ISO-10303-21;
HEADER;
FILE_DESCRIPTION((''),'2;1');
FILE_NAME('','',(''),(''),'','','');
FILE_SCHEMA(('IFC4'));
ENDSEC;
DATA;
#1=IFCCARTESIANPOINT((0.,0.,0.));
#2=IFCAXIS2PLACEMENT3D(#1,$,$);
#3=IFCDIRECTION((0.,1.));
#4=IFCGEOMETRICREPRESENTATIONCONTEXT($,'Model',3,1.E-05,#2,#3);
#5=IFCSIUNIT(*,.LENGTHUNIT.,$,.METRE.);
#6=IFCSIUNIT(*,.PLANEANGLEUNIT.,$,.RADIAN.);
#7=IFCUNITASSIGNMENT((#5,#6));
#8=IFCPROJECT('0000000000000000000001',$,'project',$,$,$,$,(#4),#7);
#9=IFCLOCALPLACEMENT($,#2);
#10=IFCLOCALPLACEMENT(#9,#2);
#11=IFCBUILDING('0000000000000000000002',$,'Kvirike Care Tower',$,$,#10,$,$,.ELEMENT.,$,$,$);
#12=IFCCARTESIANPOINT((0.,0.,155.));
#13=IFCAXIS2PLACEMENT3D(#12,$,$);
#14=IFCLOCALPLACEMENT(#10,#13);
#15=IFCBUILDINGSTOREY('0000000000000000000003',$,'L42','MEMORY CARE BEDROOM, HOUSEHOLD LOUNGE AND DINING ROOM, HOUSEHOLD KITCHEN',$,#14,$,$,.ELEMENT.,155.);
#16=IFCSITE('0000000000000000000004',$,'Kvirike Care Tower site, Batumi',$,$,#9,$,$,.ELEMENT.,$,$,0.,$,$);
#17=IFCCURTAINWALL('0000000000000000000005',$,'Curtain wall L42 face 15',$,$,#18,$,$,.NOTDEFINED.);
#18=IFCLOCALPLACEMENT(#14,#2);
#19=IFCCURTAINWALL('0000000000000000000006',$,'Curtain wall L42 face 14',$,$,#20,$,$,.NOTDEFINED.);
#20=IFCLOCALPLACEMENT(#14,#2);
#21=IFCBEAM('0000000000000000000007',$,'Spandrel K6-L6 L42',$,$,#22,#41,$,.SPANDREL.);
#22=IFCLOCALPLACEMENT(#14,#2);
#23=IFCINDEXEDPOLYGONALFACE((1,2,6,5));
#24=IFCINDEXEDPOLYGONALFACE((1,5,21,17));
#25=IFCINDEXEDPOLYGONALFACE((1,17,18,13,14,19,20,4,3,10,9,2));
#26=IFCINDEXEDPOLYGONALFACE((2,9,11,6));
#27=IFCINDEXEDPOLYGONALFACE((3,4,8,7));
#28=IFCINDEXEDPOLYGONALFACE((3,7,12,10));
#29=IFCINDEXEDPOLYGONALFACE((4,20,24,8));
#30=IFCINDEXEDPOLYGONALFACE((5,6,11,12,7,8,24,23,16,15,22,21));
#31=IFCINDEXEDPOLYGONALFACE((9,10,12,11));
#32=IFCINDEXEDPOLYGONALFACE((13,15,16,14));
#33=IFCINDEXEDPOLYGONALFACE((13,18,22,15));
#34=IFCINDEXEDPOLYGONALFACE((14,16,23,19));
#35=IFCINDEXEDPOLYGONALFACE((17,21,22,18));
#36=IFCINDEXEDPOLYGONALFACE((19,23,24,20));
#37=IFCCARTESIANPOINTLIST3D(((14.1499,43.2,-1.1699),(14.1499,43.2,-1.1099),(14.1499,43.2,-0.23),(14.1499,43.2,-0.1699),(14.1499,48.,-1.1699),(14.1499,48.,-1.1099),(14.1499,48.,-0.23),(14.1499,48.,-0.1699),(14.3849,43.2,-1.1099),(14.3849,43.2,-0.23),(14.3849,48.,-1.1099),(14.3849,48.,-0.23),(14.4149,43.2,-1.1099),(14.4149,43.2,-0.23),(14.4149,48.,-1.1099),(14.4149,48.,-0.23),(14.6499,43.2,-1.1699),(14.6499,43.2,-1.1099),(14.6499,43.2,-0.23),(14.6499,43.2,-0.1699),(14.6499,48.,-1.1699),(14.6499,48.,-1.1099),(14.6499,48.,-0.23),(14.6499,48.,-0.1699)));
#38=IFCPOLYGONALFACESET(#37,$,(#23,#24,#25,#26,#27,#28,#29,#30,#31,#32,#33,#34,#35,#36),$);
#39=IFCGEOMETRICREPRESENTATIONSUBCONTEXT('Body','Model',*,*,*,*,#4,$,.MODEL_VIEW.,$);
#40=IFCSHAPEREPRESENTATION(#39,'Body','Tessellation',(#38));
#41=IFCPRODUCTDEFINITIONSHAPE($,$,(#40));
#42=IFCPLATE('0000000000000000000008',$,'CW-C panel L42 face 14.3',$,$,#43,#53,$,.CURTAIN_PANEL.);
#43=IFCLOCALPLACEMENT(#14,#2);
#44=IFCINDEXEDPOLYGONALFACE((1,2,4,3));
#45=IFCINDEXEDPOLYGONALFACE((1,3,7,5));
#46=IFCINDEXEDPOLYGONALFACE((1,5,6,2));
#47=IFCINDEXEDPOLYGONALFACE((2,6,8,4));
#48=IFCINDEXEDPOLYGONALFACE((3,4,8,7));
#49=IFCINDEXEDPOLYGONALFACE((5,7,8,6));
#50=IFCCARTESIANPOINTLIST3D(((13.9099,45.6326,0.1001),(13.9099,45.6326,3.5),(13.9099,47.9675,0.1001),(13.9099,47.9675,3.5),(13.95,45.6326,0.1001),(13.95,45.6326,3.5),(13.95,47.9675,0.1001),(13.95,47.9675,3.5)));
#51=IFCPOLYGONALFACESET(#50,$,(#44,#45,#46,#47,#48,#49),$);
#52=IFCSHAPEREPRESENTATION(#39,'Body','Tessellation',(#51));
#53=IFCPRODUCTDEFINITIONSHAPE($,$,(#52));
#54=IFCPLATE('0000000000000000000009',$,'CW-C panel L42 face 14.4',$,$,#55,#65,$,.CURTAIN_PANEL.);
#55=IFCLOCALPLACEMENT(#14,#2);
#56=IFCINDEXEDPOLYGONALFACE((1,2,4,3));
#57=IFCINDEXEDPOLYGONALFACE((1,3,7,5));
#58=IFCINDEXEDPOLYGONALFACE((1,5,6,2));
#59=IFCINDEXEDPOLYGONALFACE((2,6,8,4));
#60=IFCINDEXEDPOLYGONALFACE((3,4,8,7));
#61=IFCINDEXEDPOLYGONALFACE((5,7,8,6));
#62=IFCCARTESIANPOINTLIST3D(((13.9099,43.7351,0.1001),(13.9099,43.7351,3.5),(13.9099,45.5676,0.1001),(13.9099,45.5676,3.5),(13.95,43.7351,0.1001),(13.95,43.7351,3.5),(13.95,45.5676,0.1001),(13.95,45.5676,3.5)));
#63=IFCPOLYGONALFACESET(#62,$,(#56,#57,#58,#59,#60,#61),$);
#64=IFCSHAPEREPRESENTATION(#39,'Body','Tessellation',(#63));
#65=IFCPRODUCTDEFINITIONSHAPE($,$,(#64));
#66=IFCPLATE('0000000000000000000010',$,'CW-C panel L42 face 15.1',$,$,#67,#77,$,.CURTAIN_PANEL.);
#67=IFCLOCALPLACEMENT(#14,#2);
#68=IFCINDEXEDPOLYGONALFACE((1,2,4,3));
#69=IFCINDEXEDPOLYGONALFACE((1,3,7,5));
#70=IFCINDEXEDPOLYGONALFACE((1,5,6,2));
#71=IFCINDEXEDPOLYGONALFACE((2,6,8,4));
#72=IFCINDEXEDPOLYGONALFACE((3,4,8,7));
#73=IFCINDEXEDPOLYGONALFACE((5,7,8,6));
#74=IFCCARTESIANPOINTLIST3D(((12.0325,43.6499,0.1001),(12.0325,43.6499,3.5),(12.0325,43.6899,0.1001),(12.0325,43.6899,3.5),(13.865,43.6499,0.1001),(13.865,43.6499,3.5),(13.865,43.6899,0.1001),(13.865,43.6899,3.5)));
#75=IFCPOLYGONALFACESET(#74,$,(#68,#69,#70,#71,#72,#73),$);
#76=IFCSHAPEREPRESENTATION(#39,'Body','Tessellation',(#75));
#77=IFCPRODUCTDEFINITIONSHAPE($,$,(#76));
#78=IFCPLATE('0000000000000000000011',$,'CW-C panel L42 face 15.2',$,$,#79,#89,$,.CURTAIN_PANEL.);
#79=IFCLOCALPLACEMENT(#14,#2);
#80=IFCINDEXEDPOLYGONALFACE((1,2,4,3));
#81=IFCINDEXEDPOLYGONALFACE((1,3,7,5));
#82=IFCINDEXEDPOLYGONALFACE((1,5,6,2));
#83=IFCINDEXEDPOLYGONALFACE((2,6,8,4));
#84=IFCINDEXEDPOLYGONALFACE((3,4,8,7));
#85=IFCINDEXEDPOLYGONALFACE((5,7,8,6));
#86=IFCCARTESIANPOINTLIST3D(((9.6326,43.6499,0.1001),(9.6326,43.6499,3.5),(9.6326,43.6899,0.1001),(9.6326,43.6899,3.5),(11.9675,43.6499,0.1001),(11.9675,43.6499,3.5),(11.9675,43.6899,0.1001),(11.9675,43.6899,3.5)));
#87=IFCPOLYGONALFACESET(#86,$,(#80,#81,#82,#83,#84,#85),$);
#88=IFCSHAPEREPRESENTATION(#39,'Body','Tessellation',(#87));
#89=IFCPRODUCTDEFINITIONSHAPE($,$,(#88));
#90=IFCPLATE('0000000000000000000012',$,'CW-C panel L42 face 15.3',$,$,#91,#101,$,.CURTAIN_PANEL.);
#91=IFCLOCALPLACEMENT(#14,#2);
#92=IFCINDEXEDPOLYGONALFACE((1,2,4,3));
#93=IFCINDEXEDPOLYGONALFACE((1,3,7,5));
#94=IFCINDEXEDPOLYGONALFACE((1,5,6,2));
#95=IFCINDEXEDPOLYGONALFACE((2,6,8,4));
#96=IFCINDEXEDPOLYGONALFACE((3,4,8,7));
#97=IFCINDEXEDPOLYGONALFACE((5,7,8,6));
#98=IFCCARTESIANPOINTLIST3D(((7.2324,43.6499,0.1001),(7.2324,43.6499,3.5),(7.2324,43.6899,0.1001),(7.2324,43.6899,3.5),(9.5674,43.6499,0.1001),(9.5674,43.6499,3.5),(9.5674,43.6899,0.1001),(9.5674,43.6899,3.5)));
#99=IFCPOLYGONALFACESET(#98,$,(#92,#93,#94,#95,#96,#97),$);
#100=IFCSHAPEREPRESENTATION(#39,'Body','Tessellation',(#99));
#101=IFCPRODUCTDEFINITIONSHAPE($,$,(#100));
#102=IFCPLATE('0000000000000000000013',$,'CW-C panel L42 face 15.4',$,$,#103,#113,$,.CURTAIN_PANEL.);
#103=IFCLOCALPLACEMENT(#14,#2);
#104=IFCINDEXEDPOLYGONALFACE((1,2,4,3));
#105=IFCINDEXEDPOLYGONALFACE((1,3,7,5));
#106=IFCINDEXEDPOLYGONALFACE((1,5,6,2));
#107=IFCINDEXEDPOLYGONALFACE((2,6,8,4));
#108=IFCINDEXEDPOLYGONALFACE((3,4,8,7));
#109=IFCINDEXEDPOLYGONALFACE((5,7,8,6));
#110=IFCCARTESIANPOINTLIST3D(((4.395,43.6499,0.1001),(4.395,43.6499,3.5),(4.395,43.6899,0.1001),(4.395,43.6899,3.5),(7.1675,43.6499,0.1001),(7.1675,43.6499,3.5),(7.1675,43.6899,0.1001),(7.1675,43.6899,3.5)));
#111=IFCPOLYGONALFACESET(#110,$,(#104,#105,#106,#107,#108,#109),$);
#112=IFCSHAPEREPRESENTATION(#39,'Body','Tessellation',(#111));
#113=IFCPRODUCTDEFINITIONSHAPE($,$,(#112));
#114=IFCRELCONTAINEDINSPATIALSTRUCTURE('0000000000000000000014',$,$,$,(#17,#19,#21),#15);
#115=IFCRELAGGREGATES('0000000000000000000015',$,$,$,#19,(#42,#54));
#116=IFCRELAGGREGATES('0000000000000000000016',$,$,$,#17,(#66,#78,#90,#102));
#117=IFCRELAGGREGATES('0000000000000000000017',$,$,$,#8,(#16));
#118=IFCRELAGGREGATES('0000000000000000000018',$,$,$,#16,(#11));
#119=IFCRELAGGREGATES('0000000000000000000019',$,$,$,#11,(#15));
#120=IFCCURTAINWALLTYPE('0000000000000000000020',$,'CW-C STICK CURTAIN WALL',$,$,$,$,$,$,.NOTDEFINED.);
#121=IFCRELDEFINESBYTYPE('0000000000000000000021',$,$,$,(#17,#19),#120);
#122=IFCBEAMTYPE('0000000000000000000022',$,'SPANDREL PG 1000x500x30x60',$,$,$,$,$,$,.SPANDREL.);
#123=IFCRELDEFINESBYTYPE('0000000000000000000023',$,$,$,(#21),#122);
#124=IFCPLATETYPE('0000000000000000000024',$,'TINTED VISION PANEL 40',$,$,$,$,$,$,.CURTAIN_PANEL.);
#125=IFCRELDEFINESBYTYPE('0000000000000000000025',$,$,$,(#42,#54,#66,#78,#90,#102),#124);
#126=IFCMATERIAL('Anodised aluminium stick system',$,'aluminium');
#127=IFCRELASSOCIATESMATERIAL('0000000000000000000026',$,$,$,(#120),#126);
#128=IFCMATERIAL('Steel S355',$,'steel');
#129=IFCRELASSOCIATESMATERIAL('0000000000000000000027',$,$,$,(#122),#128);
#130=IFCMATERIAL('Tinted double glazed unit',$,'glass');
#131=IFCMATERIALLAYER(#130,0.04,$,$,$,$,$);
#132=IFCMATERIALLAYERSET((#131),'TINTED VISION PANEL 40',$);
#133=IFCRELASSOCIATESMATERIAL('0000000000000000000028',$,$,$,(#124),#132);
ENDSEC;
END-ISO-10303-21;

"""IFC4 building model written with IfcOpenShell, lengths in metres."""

from ifc_helpers import new_model, si_unit, direction, frame, origin, origin_2d, place, context, subcontext, project, spatial, rectangle, i_section, extrude, material, layer, layer_set, material_profile, profile_set, type_object, element, aggregate, save


model = new_model("IFC4")

# Units and contexts
model_context = context("Model", 3, precision=1e-05, world=origin(), true_north=direction((0.0, 1.0)))
body_context = subcontext(model_context, "Body", "Model", "MODEL_VIEW")
ifc_project = project(units=[si_unit("LENGTHUNIT", "METRE"), si_unit("PLANEANGLEUNIT", "RADIAN")], contexts=[model_context])

# Site, building, storey
site_placement = place(None, origin())
site = spatial("IfcSite", under=ifc_project, at=site_placement, Name="Kvirike Care Tower site, Batumi", CompositionType="ELEMENT", RefElevation=0.0)
building_placement = place(site_placement, origin())
building = spatial("IfcBuilding", under=site, at=building_placement, Name="Kvirike Care Tower", CompositionType="ELEMENT")
storey_placement = place(building_placement, frame((0.0, 0.0, 155.0)))
storey = spatial("IfcBuildingStorey", under=building, at=storey_placement, Name="L42", Description="MEMORY CARE BEDROOM, HOUSEHOLD LOUNGE AND DINING ROOM, HOUSEHOLD KITCHEN", CompositionType="ELEMENT", Elevation=155.0)

# Curtain wall
ifc_material_1 = material(Name="Anodised aluminium stick system", Category="aluminium")
curtain_wall_type = type_object("IfcCurtainWallType", Name="CW-C STICK CURTAIN WALL", PredefinedType="NOTDEFINED", material=ifc_material_1)
curtain_wall_1_placement = place(storey_placement, origin())
curtain_wall_1 = element("IfcCurtainWall", 1, at=curtain_wall_1_placement, inside=storey, type_object=curtain_wall_type, Name="Curtain wall L42 face 15", PredefinedType="NOTDEFINED")

# Curtain wall
curtain_wall_2_placement = place(storey_placement, origin())
curtain_wall_2 = element("IfcCurtainWall", 2, at=curtain_wall_2_placement, inside=storey, type_object=curtain_wall_type, Name="Curtain wall L42 face 14", PredefinedType="NOTDEFINED")

# Beam
ifc_material_2 = material(Name="Steel S355", Category="steel")
ifc_material_profile_1 = material_profile(ifc_material_2, i_section(OverallWidth=0.5, OverallDepth=1.0, WebThickness=0.03, FlangeThickness=0.0601, at=origin_2d()), Name="PG 1000x500x30x60")
ifc_profile_set_1 = profile_set([ifc_material_profile_1], Name="Steel S355")
beam_type_1 = type_object("IfcBeamType", Name="SPANDREL PG 1000x500x30x60", PredefinedType="SPANDREL", material=ifc_profile_set_1)
beam_1_placement = place(storey_placement, frame((14.3999, 43.2, -0.6699), z_axis=(0.0, 1.0, 0.0), x_axis=(-1.0, 0.0, 0.0)))
element("IfcBeam", 3, at=beam_1_placement, inside=storey, type_object=beam_type_1, Name="Spandrel K6-L6 L42", PredefinedType="SPANDREL", context=body_context, shape_type="SweptSolid", body=[
    extrude(i_section(OverallWidth=0.5, OverallDepth=1.0, WebThickness=0.03, FlangeThickness=0.0601, at=origin_2d()), origin(), (0.0, 0.0, 1.0), 4.8),
])

# Plates
ifc_material_3 = material(Name="Tinted double glazed unit", Category="glass")
ifc_layer_1 = layer(ifc_material_3, 0.04)
ifc_layer_set_1 = layer_set([ifc_layer_1], Name="TINTED VISION PANEL 40")
plate_type = type_object("IfcPlateType", Name="TINTED VISION PANEL 40", PredefinedType="CURTAIN_PANEL", material=ifc_layer_set_1)
plate_1_placement = place(storey_placement, frame((13.9299, 46.8, 0.1001), z_axis=(0.0, 0.0, 1.0), x_axis=(0.0, -1.0, 0.0)))
plate_1 = element("IfcPlate", 4, at=plate_1_placement, type_object=plate_type, Name="CW-C panel L42 face 14.3", PredefinedType="CURTAIN_PANEL", context=body_context, shape_type="SweptSolid", body=[
    extrude(rectangle(XDim=2.335, YDim=0.04, at=origin_2d()), origin(), (0.0, 0.0, 1.0), 3.3999),
])
plate_2_placement = place(storey_placement, frame((13.9299, 44.6514, 0.1001), z_axis=(0.0, 0.0, 1.0), x_axis=(0.0, -1.0, 0.0)))
plate_2 = element("IfcPlate", 5, at=plate_2_placement, type_object=plate_type, Name="CW-C panel L42 face 14.4", PredefinedType="CURTAIN_PANEL", context=body_context, shape_type="SweptSolid", body=[
    extrude(rectangle(XDim=1.8325, YDim=0.04, at=origin_2d()), origin(), (0.0, 0.0, 1.0), 3.3999),
])
aggregate(curtain_wall_2, [plate_1, plate_2])
plate_3_placement = place(storey_placement, frame((12.9487, 43.6699, 0.1001), z_axis=(0.0, 0.0, 1.0), x_axis=(-1.0, 0.0, 0.0)))
plate_3 = element("IfcPlate", 6, at=plate_3_placement, type_object=plate_type, Name="CW-C panel L42 face 15.1", PredefinedType="CURTAIN_PANEL", context=body_context, shape_type="SweptSolid", body=[
    extrude(rectangle(XDim=1.8325, YDim=0.04, at=origin_2d()), origin(), (0.0, 0.0, 1.0), 3.3999),
])
plate_4_placement = place(storey_placement, frame((10.8, 43.6699, 0.1001), z_axis=(0.0, 0.0, 1.0), x_axis=(-1.0, 0.0, 0.0)))
plate_4 = element("IfcPlate", 7, at=plate_4_placement, type_object=plate_type, Name="CW-C panel L42 face 15.2", PredefinedType="CURTAIN_PANEL", context=body_context, shape_type="SweptSolid", body=[
    extrude(rectangle(XDim=2.335, YDim=0.04, at=origin_2d()), origin(), (0.0, 0.0, 1.0), 3.3999),
])
plate_5_placement = place(storey_placement, frame((8.3999, 43.6699, 0.1001), z_axis=(0.0, 0.0, 1.0), x_axis=(-1.0, 0.0, 0.0)))
plate_5 = element("IfcPlate", 8, at=plate_5_placement, type_object=plate_type, Name="CW-C panel L42 face 15.3", PredefinedType="CURTAIN_PANEL", context=body_context, shape_type="SweptSolid", body=[
    extrude(rectangle(XDim=2.335, YDim=0.04, at=origin_2d()), origin(), (0.0, 0.0, 1.0), 3.3999),
])
plate_6_placement = place(storey_placement, frame((5.7812, 43.6699, 0.1001), z_axis=(0.0, 0.0, 1.0), x_axis=(-1.0, 0.0, 0.0)))
plate_6 = element("IfcPlate", 9, at=plate_6_placement, type_object=plate_type, Name="CW-C panel L42 face 15.4", PredefinedType="CURTAIN_PANEL", context=body_context, shape_type="SweptSolid", body=[
    extrude(rectangle(XDim=2.7725, YDim=0.04, at=origin_2d()), origin(), (0.0, 0.0, 1.0), 3.3999),
])
aggregate(curtain_wall_1, [plate_3, plate_4, plate_5, plate_6])

save(model, "model.ifc")
